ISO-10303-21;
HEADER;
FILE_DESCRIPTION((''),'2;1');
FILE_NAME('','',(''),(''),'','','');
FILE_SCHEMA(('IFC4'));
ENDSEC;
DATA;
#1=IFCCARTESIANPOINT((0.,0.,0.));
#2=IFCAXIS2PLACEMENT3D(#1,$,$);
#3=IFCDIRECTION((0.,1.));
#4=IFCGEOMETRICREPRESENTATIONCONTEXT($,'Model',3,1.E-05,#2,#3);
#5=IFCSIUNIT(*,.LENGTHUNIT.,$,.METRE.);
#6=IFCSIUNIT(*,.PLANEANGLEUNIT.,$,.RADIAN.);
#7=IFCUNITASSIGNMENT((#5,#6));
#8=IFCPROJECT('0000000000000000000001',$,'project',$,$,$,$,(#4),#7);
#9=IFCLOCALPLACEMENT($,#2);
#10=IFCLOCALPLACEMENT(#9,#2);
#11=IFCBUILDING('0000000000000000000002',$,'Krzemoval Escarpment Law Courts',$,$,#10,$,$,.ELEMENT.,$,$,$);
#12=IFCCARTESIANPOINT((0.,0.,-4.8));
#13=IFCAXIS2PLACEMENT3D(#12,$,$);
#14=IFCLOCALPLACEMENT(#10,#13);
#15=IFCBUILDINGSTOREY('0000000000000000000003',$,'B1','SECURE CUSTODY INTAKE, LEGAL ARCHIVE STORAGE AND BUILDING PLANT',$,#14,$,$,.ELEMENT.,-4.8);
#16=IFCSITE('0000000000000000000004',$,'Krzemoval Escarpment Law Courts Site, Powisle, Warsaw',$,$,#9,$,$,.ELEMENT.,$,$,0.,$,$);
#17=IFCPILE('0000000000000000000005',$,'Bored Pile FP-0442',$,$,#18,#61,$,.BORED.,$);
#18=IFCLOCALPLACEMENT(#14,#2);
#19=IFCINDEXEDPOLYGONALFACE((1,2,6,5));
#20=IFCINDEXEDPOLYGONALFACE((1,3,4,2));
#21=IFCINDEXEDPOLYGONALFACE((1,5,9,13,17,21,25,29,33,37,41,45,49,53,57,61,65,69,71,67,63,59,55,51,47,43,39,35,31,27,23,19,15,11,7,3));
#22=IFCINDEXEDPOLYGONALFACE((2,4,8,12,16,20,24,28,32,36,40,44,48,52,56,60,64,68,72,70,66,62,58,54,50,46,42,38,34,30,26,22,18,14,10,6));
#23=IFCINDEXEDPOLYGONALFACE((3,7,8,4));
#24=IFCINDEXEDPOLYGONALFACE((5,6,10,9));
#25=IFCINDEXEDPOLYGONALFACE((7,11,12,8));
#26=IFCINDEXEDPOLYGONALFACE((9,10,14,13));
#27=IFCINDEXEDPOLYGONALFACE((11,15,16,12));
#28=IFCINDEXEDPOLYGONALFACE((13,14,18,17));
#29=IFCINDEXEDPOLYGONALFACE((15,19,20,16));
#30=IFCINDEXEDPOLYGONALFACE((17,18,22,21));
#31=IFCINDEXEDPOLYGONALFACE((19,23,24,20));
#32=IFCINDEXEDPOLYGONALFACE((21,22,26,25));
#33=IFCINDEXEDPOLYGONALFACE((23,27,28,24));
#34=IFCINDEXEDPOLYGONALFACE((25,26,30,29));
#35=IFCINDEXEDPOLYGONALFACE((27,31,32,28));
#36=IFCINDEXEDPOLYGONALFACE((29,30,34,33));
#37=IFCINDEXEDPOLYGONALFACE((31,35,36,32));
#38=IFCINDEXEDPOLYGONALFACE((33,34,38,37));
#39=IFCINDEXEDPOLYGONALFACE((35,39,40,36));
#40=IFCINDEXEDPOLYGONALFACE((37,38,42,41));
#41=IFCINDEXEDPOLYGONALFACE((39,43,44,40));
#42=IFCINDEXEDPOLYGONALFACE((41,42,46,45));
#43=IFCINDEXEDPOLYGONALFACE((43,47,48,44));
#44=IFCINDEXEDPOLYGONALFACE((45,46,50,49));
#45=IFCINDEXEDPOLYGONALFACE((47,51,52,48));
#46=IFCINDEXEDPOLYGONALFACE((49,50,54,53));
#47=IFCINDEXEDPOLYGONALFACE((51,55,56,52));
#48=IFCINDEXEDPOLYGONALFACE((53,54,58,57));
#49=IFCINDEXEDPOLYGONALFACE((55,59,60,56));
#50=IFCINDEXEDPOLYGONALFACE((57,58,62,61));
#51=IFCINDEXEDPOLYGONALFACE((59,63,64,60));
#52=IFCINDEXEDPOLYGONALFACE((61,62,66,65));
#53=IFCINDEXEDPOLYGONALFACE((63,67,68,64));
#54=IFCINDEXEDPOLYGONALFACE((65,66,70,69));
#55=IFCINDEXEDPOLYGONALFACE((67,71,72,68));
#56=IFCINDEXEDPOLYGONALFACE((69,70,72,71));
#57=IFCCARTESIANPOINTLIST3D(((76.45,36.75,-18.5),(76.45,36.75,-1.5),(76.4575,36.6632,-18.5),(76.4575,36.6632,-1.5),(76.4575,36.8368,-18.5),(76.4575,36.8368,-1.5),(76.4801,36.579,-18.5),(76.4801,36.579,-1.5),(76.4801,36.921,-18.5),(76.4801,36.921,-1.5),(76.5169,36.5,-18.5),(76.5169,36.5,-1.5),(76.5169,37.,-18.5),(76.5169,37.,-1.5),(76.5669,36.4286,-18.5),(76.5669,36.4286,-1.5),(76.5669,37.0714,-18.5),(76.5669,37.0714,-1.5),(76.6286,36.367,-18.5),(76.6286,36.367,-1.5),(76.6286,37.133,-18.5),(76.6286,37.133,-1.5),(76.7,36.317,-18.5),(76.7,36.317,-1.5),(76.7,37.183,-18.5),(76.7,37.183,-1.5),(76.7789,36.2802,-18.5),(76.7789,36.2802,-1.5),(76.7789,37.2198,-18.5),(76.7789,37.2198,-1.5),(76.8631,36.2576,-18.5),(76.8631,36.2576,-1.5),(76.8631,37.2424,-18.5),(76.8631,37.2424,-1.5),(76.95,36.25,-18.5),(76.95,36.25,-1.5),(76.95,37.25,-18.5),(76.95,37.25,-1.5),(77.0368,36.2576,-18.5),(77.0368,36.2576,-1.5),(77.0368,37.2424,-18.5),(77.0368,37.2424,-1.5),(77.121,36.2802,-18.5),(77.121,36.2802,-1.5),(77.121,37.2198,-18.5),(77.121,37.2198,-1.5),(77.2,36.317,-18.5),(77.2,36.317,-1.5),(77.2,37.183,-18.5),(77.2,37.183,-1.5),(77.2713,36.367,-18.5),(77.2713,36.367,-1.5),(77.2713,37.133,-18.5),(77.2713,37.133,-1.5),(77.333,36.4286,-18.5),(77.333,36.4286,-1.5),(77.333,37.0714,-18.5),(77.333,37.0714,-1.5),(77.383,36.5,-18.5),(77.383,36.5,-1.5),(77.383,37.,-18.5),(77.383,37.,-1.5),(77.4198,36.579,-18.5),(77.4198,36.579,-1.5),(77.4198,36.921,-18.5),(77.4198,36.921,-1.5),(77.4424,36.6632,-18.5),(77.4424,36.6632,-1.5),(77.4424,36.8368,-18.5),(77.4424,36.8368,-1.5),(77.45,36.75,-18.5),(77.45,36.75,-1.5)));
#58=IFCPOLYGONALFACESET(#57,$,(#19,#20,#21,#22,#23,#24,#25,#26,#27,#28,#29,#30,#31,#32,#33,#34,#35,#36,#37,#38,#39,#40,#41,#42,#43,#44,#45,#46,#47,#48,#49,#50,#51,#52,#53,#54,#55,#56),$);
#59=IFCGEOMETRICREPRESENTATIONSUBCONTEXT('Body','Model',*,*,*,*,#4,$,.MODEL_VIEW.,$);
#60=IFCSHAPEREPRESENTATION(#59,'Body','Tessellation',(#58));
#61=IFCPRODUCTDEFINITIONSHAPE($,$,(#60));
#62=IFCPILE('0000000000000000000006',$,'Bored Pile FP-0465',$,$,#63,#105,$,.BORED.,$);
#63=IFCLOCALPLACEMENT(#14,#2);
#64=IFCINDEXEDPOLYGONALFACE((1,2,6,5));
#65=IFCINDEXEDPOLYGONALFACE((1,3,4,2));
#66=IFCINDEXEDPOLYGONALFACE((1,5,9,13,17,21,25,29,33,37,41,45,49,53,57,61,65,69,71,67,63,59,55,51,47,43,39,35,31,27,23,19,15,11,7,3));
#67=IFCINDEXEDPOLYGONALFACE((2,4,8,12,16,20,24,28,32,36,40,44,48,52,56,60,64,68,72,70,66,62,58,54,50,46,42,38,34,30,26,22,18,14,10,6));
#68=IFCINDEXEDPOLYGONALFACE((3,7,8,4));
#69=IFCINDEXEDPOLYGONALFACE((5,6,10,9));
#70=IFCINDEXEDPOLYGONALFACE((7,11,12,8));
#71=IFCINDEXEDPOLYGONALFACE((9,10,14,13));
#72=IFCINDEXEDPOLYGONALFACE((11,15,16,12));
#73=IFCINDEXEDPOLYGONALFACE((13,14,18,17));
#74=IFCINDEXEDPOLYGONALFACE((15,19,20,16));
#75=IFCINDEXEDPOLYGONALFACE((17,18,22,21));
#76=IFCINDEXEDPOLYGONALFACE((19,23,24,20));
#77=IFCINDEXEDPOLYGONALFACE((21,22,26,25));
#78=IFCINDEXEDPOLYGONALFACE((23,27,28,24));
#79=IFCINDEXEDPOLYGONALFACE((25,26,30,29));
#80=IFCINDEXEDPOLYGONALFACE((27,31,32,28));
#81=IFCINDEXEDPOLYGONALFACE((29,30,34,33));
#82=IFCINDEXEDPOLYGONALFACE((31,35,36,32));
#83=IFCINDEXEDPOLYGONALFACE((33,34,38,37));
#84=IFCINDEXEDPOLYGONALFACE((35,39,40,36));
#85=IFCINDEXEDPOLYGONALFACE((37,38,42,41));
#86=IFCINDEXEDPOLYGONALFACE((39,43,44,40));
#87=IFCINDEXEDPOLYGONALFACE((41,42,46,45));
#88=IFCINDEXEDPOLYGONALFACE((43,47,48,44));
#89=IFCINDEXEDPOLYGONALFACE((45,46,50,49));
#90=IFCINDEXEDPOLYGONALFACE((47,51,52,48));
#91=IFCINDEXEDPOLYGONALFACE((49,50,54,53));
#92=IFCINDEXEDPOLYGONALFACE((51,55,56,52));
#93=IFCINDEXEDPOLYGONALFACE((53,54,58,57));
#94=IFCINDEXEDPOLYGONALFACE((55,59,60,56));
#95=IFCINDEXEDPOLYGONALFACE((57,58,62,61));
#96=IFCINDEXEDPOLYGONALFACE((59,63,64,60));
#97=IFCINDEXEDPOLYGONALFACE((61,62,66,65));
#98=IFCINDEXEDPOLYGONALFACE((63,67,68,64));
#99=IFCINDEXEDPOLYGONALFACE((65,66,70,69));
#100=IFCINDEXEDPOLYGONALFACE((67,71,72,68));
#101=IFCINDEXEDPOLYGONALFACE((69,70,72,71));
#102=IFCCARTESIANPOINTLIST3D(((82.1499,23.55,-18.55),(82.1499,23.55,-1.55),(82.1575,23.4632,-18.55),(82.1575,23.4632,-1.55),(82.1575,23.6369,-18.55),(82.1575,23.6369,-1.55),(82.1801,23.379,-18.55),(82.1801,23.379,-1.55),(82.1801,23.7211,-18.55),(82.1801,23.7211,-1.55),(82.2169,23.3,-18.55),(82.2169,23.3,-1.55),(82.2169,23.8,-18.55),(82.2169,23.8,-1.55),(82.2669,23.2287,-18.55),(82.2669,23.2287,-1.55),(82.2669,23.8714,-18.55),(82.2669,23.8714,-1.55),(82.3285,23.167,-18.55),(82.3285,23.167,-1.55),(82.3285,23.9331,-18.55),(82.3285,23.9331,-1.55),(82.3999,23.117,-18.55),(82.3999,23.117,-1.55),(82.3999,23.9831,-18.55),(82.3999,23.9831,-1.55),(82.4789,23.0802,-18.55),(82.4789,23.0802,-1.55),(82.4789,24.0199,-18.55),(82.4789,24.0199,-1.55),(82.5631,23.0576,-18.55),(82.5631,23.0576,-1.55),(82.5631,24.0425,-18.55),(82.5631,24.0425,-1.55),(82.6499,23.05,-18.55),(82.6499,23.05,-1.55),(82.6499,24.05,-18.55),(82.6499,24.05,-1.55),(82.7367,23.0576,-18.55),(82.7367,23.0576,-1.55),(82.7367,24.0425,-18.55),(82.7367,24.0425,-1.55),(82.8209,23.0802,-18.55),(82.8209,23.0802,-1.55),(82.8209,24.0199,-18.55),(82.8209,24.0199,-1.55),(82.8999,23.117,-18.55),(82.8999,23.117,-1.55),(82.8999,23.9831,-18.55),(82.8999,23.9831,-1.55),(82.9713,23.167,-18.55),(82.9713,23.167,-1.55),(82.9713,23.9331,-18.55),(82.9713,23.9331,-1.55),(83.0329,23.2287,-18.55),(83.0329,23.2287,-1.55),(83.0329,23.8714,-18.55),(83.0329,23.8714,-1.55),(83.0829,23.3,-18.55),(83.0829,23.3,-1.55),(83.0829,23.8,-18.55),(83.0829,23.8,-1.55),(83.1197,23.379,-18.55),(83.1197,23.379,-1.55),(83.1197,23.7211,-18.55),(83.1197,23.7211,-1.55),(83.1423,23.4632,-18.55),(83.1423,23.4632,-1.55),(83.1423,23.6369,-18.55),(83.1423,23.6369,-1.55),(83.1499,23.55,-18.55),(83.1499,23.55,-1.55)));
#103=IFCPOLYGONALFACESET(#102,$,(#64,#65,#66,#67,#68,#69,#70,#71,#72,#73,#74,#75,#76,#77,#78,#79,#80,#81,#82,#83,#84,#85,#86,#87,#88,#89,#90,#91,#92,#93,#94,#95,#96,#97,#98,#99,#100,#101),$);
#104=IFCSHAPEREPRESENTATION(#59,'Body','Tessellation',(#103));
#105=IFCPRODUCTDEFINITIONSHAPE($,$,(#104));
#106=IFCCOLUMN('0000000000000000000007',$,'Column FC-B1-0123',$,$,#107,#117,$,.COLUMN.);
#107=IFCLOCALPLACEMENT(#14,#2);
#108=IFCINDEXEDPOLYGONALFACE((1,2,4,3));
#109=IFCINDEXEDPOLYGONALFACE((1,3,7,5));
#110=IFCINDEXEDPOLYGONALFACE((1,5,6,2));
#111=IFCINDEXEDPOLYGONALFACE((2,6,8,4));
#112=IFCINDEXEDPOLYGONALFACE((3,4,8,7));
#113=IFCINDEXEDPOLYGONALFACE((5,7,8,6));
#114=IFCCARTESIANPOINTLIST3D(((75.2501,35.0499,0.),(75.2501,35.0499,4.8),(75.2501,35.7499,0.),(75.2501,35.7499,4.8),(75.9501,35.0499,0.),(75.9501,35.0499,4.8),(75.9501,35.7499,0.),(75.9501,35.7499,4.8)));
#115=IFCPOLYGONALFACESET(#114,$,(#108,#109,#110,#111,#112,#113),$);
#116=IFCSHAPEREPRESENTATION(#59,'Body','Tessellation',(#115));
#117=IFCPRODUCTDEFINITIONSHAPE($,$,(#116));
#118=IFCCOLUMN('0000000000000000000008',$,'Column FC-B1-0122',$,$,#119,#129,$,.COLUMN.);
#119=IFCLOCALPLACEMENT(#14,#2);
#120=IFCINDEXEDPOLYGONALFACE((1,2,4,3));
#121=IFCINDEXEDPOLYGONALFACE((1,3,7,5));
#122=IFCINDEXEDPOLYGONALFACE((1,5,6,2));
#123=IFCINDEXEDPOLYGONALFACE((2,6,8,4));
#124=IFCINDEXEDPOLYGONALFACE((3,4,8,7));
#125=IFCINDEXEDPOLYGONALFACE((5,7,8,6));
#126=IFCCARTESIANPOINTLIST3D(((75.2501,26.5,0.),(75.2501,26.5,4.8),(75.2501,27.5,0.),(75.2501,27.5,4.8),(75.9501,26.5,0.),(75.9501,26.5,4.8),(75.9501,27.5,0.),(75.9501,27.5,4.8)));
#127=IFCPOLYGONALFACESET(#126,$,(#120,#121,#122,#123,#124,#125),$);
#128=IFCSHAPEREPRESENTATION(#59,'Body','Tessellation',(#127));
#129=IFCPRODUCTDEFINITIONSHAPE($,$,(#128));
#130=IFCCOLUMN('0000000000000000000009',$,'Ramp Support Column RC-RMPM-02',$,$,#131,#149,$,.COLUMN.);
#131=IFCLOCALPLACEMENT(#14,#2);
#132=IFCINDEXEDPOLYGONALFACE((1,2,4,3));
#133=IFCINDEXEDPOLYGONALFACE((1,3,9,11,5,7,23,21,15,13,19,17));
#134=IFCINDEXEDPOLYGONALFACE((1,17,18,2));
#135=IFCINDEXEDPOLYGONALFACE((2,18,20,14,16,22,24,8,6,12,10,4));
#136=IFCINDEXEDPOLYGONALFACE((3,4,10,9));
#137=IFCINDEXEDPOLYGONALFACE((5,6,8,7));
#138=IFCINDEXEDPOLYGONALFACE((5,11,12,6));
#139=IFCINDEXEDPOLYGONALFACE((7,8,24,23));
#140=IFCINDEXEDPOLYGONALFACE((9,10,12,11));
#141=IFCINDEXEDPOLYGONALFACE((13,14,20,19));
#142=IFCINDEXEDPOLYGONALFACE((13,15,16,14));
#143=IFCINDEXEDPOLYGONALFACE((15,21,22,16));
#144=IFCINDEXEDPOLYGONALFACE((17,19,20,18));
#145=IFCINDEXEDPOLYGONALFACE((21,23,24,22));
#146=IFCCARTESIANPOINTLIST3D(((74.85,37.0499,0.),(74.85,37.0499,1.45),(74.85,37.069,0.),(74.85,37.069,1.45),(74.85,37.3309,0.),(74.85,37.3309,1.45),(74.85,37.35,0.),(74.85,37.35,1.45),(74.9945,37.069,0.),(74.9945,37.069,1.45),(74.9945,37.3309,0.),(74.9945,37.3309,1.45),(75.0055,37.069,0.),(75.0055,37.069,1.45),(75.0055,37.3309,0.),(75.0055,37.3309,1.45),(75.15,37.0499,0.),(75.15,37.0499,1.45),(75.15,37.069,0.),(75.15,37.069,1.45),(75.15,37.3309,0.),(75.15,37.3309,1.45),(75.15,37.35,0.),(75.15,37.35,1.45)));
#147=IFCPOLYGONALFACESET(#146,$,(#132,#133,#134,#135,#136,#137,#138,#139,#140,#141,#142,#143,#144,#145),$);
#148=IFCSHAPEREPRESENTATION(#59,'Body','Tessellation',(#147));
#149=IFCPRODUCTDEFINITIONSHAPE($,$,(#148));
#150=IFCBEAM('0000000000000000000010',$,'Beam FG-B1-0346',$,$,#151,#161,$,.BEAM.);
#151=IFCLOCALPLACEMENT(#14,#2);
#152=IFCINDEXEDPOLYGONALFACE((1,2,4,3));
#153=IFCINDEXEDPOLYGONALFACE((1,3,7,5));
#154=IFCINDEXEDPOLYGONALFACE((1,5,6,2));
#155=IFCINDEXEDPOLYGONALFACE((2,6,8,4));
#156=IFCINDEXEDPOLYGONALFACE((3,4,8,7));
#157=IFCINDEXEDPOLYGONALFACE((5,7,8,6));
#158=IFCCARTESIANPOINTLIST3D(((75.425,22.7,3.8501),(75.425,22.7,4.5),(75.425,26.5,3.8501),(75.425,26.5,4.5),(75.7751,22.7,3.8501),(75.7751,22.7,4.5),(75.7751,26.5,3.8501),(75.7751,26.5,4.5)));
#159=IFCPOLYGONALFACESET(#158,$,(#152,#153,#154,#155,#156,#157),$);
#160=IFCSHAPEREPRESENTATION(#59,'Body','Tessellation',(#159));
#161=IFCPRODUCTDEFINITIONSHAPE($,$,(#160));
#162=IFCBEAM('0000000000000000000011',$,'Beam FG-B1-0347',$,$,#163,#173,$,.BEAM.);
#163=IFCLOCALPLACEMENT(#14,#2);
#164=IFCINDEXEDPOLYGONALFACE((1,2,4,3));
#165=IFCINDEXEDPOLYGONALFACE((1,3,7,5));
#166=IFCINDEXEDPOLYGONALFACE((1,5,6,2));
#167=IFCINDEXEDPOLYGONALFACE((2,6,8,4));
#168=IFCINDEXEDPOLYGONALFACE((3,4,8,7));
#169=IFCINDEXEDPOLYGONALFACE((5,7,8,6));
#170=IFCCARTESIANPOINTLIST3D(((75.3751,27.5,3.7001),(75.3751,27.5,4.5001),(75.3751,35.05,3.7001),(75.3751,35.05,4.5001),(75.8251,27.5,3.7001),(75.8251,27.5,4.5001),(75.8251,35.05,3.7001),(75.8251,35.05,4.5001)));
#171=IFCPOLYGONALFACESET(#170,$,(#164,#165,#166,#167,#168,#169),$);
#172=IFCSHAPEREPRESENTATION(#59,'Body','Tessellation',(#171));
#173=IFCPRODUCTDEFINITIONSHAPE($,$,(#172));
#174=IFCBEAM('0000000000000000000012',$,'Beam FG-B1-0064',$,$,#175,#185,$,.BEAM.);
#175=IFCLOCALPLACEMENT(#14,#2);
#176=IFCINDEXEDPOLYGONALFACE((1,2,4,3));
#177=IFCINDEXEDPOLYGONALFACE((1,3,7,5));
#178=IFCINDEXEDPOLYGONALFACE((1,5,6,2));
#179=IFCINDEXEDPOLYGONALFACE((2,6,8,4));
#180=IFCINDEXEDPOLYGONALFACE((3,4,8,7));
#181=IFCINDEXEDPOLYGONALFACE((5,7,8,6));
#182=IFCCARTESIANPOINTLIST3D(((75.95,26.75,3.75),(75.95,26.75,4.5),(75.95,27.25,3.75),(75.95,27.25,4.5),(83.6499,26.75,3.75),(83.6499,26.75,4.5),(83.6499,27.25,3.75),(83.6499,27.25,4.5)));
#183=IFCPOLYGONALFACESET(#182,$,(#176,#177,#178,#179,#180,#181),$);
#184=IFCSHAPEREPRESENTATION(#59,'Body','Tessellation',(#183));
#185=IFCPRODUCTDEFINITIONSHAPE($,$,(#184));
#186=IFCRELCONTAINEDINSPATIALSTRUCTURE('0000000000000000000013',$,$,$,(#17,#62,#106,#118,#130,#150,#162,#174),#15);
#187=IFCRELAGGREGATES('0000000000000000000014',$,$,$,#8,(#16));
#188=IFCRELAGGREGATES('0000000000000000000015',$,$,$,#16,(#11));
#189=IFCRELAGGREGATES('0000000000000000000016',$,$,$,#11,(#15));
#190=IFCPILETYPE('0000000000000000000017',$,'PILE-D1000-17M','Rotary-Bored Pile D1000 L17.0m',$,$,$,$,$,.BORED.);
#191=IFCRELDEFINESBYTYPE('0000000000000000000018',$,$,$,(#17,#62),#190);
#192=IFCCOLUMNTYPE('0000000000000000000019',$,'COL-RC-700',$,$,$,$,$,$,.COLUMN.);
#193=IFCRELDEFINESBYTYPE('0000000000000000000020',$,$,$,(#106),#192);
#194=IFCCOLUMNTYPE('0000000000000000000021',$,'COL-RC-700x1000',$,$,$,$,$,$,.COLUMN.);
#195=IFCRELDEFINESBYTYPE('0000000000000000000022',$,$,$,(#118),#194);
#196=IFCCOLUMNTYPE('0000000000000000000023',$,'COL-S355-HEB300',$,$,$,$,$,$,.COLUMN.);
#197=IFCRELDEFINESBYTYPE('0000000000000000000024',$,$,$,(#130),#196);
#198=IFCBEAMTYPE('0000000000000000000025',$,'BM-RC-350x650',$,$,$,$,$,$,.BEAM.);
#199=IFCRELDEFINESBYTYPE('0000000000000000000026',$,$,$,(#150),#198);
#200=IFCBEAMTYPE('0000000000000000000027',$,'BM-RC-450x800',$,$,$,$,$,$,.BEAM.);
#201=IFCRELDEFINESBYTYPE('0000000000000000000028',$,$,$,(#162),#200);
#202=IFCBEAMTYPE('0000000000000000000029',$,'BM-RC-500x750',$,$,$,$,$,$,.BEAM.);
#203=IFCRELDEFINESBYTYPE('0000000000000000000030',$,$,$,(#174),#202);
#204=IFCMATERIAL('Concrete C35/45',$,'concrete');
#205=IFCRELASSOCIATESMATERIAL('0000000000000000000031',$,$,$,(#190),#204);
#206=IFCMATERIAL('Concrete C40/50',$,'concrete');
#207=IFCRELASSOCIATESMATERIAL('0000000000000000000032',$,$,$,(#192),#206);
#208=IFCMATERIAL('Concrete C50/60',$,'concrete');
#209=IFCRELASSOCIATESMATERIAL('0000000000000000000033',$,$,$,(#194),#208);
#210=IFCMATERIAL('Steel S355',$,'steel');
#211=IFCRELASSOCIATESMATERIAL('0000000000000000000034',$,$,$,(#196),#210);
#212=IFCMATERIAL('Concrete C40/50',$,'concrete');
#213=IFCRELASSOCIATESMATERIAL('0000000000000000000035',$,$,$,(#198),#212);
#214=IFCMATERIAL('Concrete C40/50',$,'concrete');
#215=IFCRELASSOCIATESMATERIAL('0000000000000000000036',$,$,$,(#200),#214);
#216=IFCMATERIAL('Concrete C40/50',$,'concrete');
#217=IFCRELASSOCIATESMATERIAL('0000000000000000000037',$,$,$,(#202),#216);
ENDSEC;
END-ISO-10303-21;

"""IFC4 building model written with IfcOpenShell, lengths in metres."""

from ifc_helpers import new_model, si_unit, direction, frame, origin, origin_2d, place, context, subcontext, project, spatial, rectangle, circle, i_section, extrude, material, material_profile, profile_set, type_object, element, save


model = new_model("IFC4")

# Units and contexts
model_context = context("Model", 3, precision=1e-05, world=origin(), true_north=direction((0.0, 1.0)))
body_context = subcontext(model_context, "Body", "Model", "MODEL_VIEW")
ifc_project = project(units=[si_unit("LENGTHUNIT", "METRE"), si_unit("PLANEANGLEUNIT", "RADIAN")], contexts=[model_context])

# Site, building, storey
site_placement = place(None, origin())
site = spatial("IfcSite", under=ifc_project, at=site_placement, Name="Krzemoval Escarpment Law Courts Site, Powisle, Warsaw", CompositionType="ELEMENT", RefElevation=0.0)
building_placement = place(site_placement, origin())
building = spatial("IfcBuilding", under=site, at=building_placement, Name="Krzemoval Escarpment Law Courts", CompositionType="ELEMENT")
storey_placement = place(building_placement, frame((0.0, 0.0, -4.8)))
storey = spatial("IfcBuildingStorey", under=building, at=storey_placement, Name="B1", Description="SECURE CUSTODY INTAKE, LEGAL ARCHIVE STORAGE AND BUILDING PLANT", CompositionType="ELEMENT", Elevation=-4.8)

# Piles
ifc_material_1 = material(Name="Concrete C35/45", Category="concrete")
ifc_material_profile_1 = material_profile(ifc_material_1, circle(Radius=0.5, at=origin_2d()), Name="PILE D1000")
ifc_profile_set_1 = profile_set([ifc_material_profile_1], Name="Concrete C35/45")
pile_type = type_object("IfcPileType", Name="PILE-D1000-17M", Description="Rotary-Bored Pile D1000 L17.0m", PredefinedType="BORED", material=ifc_profile_set_1)
for number, where, z_axis, x_axis, name in (
    (1, (76.95, 36.75, -1.5), (0.0, 0.0, -1.0), (1.0, 0.0, 0.0), "Bored Pile FP-0442"),
    (2, (82.6499, 23.55, -1.55), (0.0, 0.0, -1.0), (1.0, 0.0, 0.0), "Bored Pile FP-0465"),
):
    element("IfcPile", number, at=place(storey_placement, frame(where, z_axis=z_axis, x_axis=x_axis)), inside=storey, type_object=pile_type, Name=name, PredefinedType="BORED", context=body_context, shape_type="SweptSolid", body=[
        extrude(circle(Radius=0.5, at=origin_2d()), origin(), (0.0, 0.0, 1.0), 17.0),
    ])

# Columns
ifc_material_2 = material(Name="Concrete C40/50", Category="concrete")
ifc_material_profile_2 = material_profile(ifc_material_2, rectangle(XDim=0.7, YDim=0.7, at=origin_2d()), Name="RC 700x700")
ifc_profile_set_2 = profile_set([ifc_material_profile_2], Name="Concrete C40/50")
column_type_1 = type_object("IfcColumnType", Name="COL-RC-700", PredefinedType="COLUMN", material=ifc_profile_set_2)
column_1_placement = place(storey_placement, frame((75.6001, 35.3999, 0.0), z_axis=(0.0, 0.0, 1.0), x_axis=(1.0, 0.0, 0.0)))
element("IfcColumn", 3, at=column_1_placement, inside=storey, type_object=column_type_1, Name="Column FC-B1-0123", PredefinedType="COLUMN", context=body_context, shape_type="SweptSolid", body=[
    extrude(rectangle(XDim=0.7, YDim=0.7, at=origin_2d()), origin(), (0.0, 0.0, 1.0), 4.8),
])
ifc_material_3 = material(Name="Concrete C50/60", Category="concrete")
ifc_material_profile_3 = material_profile(ifc_material_3, rectangle(XDim=0.7, YDim=1.0, at=origin_2d()), Name="RC 700x1000")
ifc_profile_set_3 = profile_set([ifc_material_profile_3], Name="Concrete C50/60")
column_type_2 = type_object("IfcColumnType", Name="COL-RC-700x1000", PredefinedType="COLUMN", material=ifc_profile_set_3)
column_2_placement = place(storey_placement, frame((75.6001, 27.0, 0.0), z_axis=(0.0, 0.0, 1.0), x_axis=(1.0, 0.0, 0.0)))
element("IfcColumn", 4, at=column_2_placement, inside=storey, type_object=column_type_2, Name="Column FC-B1-0122", PredefinedType="COLUMN", context=body_context, shape_type="SweptSolid", body=[
    extrude(rectangle(XDim=0.7, YDim=1.0, at=origin_2d()), origin(), (0.0, 0.0, 1.0), 4.8),
])
ifc_material_4 = material(Name="Steel S355", Category="steel")
ifc_material_profile_4 = material_profile(ifc_material_4, i_section(OverallWidth=0.3, OverallDepth=0.3, WebThickness=0.011, FlangeThickness=0.019, at=origin_2d()), Name="HEB 300")
ifc_profile_set_4 = profile_set([ifc_material_profile_4], Name="Steel S355")
column_type_3 = type_object("IfcColumnType", Name="COL-S355-HEB300", PredefinedType="COLUMN", material=ifc_profile_set_4)
column_3_placement = place(storey_placement, frame((75.0, 37.2, 0.0), z_axis=(0.0, 0.0, 1.0), x_axis=(1.0, 0.0, 0.0)))
element("IfcColumn", 5, at=column_3_placement, inside=storey, type_object=column_type_3, Name="Ramp Support Column RC-RMPM-02", PredefinedType="COLUMN", context=body_context, shape_type="SweptSolid", body=[
    extrude(i_section(OverallWidth=0.3, OverallDepth=0.3, WebThickness=0.011, FlangeThickness=0.019, at=origin_2d()), origin(), (0.0, 0.0, 1.0), 1.45),
])

# Beams
ifc_material_5 = material(Name="Concrete C40/50", Category="concrete")
ifc_material_profile_5 = material_profile(ifc_material_5, rectangle(XDim=0.3501, YDim=0.6499, at=origin_2d()), Name="RCB 350x650")
ifc_profile_set_5 = profile_set([ifc_material_profile_5], Name="Concrete C40/50")
beam_type_1 = type_object("IfcBeamType", Name="BM-RC-350x650", PredefinedType="BEAM", material=ifc_profile_set_5)
beam_1_placement = place(storey_placement, frame((75.6001, 22.7, 4.175), z_axis=(0.0, 1.0, 0.0), x_axis=(-1.0, 0.0, 0.0)))
element("IfcBeam", 6, at=beam_1_placement, inside=storey, type_object=beam_type_1, Name="Beam FG-B1-0346", PredefinedType="BEAM", context=body_context, shape_type="SweptSolid", body=[
    extrude(rectangle(XDim=0.3501, YDim=0.6499, at=origin_2d()), origin(), (0.0, 0.0, 1.0), 3.8),
])
ifc_material_6 = material(Name="Concrete C40/50", Category="concrete")
ifc_material_profile_6 = material_profile(ifc_material_6, rectangle(XDim=0.45, YDim=0.8, at=origin_2d()), Name="RCB 450x800")
ifc_profile_set_6 = profile_set([ifc_material_profile_6], Name="Concrete C40/50")
beam_type_2 = type_object("IfcBeamType", Name="BM-RC-450x800", PredefinedType="BEAM", material=ifc_profile_set_6)
beam_2_placement = place(storey_placement, frame((75.6001, 27.5, 4.1001), z_axis=(0.0, 1.0, 0.0), x_axis=(-1.0, 0.0, 0.0)))
element("IfcBeam", 7, at=beam_2_placement, inside=storey, type_object=beam_type_2, Name="Beam FG-B1-0347", PredefinedType="BEAM", context=body_context, shape_type="SweptSolid", body=[
    extrude(rectangle(XDim=0.45, YDim=0.8, at=origin_2d()), origin(), (0.0, 0.0, 1.0), 7.55),
])
ifc_material_7 = material(Name="Concrete C40/50", Category="concrete")
ifc_material_profile_7 = material_profile(ifc_material_7, rectangle(XDim=0.5, YDim=0.75, at=origin_2d()), Name="RCB 500x750")
ifc_profile_set_7 = profile_set([ifc_material_profile_7], Name="Concrete C40/50")
beam_type_3 = type_object("IfcBeamType", Name="BM-RC-500x750", PredefinedType="BEAM", material=ifc_profile_set_7)
for number, where, z_axis, x_axis, name in (
    (8, (75.95, 27.0, 4.125), (1.0, 0.0, 0.0), (0.0, 1.0, 0.0), "Beam FG-B1-0064"),
):
    element("IfcBeam", number, at=place(storey_placement, frame(where, z_axis=z_axis, x_axis=x_axis)), inside=storey, type_object=beam_type_3, Name=name, PredefinedType="BEAM", context=body_context, shape_type="SweptSolid", body=[
        extrude(rectangle(XDim=0.5, YDim=0.75, at=origin_2d()), origin(), (0.0, 0.0, 1.0), 7.7),
    ])

save(model, "model.ifc")
